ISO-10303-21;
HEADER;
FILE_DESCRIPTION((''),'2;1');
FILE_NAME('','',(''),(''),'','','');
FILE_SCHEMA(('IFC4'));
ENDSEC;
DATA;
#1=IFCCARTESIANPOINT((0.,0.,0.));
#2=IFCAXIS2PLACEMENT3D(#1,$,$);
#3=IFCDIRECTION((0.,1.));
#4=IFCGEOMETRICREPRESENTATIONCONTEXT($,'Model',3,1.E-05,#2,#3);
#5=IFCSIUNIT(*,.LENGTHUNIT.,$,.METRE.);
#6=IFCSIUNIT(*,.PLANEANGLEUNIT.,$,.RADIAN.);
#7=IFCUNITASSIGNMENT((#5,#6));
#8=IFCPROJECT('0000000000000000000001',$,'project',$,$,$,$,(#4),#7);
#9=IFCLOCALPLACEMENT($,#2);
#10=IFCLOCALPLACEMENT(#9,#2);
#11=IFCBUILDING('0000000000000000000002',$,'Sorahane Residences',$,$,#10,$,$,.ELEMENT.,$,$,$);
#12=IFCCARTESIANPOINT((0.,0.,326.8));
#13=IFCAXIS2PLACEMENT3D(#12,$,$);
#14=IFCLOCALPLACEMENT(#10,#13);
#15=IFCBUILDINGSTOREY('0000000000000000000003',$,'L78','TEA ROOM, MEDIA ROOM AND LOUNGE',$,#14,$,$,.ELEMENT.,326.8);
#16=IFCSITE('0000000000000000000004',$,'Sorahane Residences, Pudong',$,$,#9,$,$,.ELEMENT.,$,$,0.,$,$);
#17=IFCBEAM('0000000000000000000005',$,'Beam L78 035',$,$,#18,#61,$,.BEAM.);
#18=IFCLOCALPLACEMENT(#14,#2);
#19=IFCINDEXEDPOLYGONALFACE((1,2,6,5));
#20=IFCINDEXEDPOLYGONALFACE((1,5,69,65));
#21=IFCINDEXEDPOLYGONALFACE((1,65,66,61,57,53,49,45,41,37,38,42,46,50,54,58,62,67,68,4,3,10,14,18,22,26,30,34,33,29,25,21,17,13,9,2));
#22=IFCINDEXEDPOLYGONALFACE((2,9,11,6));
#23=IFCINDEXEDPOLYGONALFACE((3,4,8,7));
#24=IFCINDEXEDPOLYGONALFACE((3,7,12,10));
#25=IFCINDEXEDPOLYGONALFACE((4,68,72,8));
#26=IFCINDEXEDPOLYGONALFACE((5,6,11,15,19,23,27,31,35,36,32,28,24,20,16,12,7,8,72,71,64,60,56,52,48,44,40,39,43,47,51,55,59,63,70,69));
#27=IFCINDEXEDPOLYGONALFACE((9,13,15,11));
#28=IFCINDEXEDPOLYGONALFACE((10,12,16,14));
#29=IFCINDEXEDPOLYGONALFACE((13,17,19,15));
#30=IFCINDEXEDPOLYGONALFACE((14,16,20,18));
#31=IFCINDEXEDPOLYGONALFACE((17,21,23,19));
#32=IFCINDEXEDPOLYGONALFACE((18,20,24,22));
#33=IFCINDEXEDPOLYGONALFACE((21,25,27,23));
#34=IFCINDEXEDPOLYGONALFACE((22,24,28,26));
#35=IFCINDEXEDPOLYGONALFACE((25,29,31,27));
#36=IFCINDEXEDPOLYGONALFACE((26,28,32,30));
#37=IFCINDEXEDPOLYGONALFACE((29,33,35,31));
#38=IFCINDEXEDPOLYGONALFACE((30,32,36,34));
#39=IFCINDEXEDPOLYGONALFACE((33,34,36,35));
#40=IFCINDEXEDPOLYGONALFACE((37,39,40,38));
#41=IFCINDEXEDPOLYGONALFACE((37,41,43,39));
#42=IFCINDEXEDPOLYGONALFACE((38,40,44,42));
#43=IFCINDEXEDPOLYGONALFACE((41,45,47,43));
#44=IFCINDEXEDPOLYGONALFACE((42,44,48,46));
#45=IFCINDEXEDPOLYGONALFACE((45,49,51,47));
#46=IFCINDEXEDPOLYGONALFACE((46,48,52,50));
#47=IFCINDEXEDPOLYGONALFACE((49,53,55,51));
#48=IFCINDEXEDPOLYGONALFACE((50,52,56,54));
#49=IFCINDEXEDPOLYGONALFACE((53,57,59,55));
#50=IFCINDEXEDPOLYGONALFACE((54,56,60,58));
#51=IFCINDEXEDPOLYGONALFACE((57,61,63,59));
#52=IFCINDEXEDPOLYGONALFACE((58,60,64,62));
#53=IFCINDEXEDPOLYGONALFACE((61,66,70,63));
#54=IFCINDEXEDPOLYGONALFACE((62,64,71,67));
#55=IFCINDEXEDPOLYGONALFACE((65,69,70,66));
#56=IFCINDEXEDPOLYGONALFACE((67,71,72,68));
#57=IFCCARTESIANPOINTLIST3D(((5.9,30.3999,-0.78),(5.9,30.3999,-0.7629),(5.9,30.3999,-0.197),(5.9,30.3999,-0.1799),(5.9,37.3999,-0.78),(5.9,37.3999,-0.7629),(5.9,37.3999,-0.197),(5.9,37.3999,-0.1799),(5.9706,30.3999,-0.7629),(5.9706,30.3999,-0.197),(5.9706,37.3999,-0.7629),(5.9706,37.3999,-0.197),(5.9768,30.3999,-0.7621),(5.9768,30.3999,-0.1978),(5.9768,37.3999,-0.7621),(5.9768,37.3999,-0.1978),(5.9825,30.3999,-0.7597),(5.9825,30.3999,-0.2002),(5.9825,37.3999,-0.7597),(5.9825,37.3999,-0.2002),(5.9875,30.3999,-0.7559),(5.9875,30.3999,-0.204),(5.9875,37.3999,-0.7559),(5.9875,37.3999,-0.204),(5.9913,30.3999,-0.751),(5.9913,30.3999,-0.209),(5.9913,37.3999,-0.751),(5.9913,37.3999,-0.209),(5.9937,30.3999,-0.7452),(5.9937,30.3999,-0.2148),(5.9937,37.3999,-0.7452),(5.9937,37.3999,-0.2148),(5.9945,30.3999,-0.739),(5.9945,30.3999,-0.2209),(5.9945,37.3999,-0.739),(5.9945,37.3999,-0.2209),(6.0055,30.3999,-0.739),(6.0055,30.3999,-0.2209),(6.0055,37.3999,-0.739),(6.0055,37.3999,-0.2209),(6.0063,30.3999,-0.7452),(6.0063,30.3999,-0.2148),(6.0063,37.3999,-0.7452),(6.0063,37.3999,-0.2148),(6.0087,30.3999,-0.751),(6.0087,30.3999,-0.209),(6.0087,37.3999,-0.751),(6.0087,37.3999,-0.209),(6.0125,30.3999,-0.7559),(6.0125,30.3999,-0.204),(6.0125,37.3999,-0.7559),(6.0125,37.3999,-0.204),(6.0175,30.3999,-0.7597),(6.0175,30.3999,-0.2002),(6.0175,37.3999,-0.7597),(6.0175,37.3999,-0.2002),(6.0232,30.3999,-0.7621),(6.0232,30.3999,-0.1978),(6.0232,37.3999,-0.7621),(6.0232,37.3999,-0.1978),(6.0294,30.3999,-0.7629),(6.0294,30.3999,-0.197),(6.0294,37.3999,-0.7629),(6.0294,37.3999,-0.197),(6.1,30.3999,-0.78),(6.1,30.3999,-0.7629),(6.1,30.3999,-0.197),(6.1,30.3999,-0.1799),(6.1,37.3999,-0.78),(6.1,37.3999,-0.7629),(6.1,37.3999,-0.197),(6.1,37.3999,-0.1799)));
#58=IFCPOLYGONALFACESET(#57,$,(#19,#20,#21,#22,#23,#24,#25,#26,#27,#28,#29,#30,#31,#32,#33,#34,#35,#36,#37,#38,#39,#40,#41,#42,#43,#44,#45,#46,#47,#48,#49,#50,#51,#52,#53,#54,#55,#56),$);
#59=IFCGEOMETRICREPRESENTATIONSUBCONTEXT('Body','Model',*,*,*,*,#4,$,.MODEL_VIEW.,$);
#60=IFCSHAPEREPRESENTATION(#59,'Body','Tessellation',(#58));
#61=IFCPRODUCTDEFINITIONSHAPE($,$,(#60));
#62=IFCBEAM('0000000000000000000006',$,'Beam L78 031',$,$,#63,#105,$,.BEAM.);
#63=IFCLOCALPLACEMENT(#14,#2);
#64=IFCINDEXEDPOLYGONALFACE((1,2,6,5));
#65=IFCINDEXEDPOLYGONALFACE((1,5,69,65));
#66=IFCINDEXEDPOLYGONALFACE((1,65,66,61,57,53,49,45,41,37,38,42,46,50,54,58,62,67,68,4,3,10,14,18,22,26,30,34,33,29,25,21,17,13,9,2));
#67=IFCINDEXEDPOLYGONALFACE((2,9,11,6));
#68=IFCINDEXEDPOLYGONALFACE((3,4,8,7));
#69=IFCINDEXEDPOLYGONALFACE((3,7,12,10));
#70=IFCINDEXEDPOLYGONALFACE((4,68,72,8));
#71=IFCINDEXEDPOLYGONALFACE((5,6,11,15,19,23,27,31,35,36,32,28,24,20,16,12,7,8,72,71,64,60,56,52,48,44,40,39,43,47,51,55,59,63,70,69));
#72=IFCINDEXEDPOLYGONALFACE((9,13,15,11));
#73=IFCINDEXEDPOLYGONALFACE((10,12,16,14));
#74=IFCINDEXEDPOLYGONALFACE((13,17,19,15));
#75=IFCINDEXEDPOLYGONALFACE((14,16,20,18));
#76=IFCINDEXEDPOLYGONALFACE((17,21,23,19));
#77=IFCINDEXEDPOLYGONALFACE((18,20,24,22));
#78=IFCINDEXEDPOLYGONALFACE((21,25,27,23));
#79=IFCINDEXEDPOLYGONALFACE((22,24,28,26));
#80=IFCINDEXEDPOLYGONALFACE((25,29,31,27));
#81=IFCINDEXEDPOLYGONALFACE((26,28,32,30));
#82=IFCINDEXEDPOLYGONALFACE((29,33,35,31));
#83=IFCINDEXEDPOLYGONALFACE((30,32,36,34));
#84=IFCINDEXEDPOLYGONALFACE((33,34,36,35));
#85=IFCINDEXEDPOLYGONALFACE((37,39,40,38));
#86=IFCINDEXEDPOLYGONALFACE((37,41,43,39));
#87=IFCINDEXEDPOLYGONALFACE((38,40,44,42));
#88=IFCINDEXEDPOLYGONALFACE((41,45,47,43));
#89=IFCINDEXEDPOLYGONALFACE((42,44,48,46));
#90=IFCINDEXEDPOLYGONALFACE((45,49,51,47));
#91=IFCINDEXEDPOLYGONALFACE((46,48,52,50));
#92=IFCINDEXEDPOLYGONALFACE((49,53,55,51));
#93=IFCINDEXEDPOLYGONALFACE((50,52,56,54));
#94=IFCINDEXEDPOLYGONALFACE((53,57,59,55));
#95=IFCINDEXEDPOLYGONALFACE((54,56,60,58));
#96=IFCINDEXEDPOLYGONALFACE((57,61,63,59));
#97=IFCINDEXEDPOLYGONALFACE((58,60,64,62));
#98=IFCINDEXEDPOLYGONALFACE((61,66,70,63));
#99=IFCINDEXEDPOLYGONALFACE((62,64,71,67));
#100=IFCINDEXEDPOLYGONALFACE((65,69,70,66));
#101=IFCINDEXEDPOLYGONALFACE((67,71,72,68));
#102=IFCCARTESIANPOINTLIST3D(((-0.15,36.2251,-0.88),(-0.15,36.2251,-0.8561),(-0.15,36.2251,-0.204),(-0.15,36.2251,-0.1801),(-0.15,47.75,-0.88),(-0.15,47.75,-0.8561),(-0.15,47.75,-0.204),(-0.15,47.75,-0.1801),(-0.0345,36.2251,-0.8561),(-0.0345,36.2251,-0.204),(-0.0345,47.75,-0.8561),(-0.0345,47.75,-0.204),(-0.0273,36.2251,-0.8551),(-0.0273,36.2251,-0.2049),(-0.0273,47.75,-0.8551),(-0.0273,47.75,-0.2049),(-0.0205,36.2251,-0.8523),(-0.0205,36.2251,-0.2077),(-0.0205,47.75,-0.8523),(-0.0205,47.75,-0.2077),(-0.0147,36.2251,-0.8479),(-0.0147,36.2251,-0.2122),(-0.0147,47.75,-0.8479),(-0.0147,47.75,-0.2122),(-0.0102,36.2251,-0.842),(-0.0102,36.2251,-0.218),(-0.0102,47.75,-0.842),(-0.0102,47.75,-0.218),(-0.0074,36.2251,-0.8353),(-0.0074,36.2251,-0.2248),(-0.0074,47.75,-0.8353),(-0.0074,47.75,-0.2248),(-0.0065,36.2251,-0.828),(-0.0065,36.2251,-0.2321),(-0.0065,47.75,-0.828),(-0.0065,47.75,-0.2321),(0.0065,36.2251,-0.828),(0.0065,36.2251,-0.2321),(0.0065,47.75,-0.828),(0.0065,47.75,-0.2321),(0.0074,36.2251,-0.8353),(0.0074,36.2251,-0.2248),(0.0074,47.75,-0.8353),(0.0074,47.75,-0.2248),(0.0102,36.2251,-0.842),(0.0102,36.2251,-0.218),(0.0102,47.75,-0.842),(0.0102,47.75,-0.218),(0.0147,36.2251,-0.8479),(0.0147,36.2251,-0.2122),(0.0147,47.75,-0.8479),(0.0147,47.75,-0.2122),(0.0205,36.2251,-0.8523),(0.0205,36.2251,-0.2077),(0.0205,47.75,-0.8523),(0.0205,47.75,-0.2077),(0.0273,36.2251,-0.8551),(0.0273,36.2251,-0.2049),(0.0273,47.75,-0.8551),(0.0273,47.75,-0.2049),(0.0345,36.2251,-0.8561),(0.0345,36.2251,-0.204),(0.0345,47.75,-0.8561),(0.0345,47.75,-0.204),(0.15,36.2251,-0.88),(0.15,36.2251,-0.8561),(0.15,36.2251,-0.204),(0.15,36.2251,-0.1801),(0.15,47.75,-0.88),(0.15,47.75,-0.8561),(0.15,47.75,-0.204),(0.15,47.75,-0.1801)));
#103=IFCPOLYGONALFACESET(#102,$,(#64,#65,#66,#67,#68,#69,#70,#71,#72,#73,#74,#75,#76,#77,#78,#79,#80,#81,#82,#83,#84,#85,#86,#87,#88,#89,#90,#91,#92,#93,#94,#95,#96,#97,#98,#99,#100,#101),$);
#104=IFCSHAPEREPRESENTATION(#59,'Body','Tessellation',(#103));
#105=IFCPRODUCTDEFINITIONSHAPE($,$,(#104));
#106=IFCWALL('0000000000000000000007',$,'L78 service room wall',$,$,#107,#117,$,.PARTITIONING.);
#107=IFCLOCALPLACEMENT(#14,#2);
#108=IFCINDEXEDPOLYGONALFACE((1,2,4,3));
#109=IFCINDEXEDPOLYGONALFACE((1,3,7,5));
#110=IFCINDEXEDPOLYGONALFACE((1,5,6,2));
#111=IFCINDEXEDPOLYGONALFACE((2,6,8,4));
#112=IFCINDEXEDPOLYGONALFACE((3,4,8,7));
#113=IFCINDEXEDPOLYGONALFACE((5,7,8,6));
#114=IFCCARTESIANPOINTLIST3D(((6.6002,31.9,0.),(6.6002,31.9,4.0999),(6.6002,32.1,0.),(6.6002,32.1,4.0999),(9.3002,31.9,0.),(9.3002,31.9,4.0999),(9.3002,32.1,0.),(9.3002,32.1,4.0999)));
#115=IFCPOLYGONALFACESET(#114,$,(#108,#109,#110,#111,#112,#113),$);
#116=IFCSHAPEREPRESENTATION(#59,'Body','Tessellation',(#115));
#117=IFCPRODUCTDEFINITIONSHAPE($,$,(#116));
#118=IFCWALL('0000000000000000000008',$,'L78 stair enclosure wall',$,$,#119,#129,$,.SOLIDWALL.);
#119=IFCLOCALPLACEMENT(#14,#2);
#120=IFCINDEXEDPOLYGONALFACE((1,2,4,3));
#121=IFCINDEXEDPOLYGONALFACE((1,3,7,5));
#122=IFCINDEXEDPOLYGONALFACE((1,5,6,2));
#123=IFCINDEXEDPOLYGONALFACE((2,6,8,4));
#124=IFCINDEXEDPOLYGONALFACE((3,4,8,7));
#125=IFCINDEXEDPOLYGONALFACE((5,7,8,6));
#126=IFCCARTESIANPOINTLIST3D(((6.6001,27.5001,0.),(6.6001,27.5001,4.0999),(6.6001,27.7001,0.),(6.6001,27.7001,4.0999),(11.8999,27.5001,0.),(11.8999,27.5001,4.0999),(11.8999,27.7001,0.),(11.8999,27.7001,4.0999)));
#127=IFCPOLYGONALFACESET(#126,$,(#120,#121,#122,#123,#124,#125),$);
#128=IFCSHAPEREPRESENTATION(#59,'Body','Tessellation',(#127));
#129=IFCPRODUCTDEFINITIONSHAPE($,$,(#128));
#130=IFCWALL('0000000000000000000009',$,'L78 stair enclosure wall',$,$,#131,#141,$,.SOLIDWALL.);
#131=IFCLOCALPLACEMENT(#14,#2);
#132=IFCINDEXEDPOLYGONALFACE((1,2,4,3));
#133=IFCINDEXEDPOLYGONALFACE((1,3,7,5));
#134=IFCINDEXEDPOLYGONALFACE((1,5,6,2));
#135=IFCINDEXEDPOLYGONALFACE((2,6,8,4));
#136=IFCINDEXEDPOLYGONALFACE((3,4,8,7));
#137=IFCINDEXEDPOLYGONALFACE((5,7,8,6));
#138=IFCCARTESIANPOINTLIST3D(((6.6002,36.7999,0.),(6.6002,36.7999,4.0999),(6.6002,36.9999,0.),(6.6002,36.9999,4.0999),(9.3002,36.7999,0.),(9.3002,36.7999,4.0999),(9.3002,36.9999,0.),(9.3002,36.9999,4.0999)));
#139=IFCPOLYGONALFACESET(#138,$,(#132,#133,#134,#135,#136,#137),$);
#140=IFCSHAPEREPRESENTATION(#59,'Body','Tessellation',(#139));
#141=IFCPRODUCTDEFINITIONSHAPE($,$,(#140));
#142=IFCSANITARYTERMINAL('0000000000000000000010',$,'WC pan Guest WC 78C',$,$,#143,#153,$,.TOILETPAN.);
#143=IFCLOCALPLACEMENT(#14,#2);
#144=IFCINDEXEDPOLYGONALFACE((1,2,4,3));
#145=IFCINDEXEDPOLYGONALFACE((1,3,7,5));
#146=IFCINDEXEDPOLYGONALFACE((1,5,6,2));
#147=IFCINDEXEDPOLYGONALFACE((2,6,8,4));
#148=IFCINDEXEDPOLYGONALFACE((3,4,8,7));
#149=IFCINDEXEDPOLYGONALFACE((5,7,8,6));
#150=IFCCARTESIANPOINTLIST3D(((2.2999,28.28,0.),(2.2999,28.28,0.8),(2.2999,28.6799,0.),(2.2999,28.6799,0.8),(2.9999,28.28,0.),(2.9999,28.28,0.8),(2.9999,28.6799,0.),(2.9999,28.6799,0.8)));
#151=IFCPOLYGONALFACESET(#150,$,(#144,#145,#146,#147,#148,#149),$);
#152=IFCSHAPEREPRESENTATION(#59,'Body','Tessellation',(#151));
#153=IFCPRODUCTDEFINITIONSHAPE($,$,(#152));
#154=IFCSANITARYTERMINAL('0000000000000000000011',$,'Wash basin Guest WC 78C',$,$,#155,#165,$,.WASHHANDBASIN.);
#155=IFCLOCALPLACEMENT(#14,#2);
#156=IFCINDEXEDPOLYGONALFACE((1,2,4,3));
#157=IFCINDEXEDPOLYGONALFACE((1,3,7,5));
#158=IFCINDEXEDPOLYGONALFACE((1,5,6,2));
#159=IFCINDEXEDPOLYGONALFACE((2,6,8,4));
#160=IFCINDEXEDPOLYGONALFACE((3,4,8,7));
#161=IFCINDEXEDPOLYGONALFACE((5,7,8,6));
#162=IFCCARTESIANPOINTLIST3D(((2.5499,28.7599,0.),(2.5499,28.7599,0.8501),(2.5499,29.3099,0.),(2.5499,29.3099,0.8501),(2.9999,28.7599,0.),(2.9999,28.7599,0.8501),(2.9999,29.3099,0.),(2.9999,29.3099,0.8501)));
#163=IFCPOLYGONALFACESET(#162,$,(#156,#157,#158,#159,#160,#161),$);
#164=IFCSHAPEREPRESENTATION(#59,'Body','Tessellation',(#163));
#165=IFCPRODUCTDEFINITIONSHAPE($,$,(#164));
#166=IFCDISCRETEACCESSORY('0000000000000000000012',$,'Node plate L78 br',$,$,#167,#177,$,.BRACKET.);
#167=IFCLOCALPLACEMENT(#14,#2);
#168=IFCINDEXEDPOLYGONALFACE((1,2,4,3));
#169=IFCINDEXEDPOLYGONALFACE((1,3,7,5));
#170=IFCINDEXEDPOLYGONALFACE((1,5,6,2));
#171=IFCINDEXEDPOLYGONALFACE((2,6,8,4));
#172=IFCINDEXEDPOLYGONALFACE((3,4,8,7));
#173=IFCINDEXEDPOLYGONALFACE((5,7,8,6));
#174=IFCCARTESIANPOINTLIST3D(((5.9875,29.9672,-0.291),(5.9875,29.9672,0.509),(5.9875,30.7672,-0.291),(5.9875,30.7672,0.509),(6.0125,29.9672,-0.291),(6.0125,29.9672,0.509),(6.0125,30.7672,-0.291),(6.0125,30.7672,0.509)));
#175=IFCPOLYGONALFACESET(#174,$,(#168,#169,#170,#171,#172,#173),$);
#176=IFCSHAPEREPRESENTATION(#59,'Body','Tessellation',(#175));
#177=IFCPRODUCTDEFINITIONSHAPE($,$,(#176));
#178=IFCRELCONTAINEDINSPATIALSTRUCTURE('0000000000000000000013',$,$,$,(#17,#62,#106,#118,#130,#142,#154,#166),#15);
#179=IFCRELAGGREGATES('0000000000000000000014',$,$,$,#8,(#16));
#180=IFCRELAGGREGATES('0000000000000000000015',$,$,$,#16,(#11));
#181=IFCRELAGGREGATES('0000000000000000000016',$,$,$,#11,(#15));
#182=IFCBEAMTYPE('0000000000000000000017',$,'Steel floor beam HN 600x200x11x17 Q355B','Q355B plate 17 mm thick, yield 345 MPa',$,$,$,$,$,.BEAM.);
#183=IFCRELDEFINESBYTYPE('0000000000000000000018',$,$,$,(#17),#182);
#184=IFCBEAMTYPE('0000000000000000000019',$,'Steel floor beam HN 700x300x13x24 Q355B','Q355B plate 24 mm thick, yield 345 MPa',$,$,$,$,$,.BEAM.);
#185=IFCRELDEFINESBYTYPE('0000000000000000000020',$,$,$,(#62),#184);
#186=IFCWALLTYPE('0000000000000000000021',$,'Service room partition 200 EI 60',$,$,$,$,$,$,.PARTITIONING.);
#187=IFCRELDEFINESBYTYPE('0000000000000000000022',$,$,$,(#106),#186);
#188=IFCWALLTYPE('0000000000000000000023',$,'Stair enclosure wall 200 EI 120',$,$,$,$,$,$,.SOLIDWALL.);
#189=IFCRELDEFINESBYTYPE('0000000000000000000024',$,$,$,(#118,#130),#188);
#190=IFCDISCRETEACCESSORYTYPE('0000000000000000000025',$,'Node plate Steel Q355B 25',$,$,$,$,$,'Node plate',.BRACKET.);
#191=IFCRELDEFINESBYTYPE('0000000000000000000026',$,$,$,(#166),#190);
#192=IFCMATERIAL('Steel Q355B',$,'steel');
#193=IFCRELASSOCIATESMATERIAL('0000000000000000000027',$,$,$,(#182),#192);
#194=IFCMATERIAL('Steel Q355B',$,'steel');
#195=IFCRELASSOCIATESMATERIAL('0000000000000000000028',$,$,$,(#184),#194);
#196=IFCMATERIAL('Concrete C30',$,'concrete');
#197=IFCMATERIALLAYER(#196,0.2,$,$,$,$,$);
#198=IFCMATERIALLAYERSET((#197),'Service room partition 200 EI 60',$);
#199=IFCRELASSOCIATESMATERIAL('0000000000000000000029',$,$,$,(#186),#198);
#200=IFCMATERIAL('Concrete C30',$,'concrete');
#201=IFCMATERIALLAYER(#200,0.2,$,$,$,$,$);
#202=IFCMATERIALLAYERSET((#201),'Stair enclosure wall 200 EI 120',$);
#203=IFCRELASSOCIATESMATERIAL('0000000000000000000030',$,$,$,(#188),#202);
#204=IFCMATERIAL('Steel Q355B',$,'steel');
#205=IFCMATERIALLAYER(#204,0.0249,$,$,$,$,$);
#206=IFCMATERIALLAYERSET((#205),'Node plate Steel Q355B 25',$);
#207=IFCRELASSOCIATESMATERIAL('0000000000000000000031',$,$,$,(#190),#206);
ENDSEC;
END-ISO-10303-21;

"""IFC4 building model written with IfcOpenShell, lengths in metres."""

from ifc_helpers import new_model, si_unit, direction, frame, frame_2d, origin, origin_2d, place, context, subcontext, project, spatial, rectangle, i_section, extrude, material, layer, layer_set, material_profile, profile_set, type_object, element, save


model = new_model("IFC4")

# Units and contexts
model_context = context("Model", 3, precision=1e-05, world=origin(), true_north=direction((0.0, 1.0)))
body_context = subcontext(model_context, "Body", "Model", "MODEL_VIEW")
ifc_project = project(units=[si_unit("LENGTHUNIT", "METRE"), si_unit("PLANEANGLEUNIT", "RADIAN")], contexts=[model_context])

# Site, building, storey
site_placement = place(None, origin())
site = spatial("IfcSite", under=ifc_project, at=site_placement, Name="Sorahane Residences, Pudong", CompositionType="ELEMENT", RefElevation=0.0)
building_placement = place(site_placement, origin())
building = spatial("IfcBuilding", under=site, at=building_placement, Name="Sorahane Residences", CompositionType="ELEMENT")
storey_placement = place(building_placement, frame((0.0, 0.0, 326.8)))
storey = spatial("IfcBuildingStorey", under=building, at=storey_placement, Name="L78", Description="TEA ROOM, MEDIA ROOM AND LOUNGE", CompositionType="ELEMENT", Elevation=326.8)

# Beams
ifc_material_1 = material(Name="Steel Q355B", Category="steel")
ifc_material_profile_1 = material_profile(ifc_material_1, i_section(OverallWidth=0.2, OverallDepth=0.6001, WebThickness=0.011, FlangeThickness=0.0171, FilletRadius=0.0239, at=origin_2d()), Name="HN 600x200x11x17")
ifc_profile_set_1 = profile_set([ifc_material_profile_1], Name="Steel Q355B")
beam_type_1 = type_object("IfcBeamType", Name="Steel floor beam HN 600x200x11x17 Q355B", Description="Q355B plate 17 mm thick, yield 345 MPa", PredefinedType="BEAM", material=ifc_profile_set_1)
beam_1_placement = place(storey_placement, frame((6.0, 30.3999, -0.48), z_axis=(0.0, 1.0, 0.0), x_axis=(-1.0, 0.0, 0.0)))
element("IfcBeam", 1, at=beam_1_placement, inside=storey, type_object=beam_type_1, Name="Beam L78 035", PredefinedType="BEAM", context=body_context, shape_type="SweptSolid", body=[
    extrude(i_section(OverallWidth=0.2, OverallDepth=0.6001, WebThickness=0.011, FlangeThickness=0.0171, FilletRadius=0.0239, at=origin_2d()), origin(), (0.0, 0.0, 1.0), 7.0),
])
ifc_material_2 = material(Name="Steel Q355B", Category="steel")
ifc_material_profile_2 = material_profile(ifc_material_2, i_section(OverallWidth=0.3, OverallDepth=0.7, WebThickness=0.0129, FlangeThickness=0.0239, FilletRadius=0.0281, at=origin_2d()), Name="HN 700x300x13x24")
ifc_profile_set_2 = profile_set([ifc_material_profile_2], Name="Steel Q355B")
beam_type_2 = type_object("IfcBeamType", Name="Steel floor beam HN 700x300x13x24 Q355B", Description="Q355B plate 24 mm thick, yield 345 MPa", PredefinedType="BEAM", material=ifc_profile_set_2)
beam_2_placement = place(storey_placement, frame((0.0, 36.2251, -0.53), z_axis=(0.0, 1.0, 0.0), x_axis=(-1.0, 0.0, 0.0)))
element("IfcBeam", 2, at=beam_2_placement, inside=storey, type_object=beam_type_2, Name="Beam L78 031", PredefinedType="BEAM", context=body_context, shape_type="SweptSolid", body=[
    extrude(i_section(OverallWidth=0.3, OverallDepth=0.7, WebThickness=0.0129, FlangeThickness=0.0239, FilletRadius=0.0281, at=origin_2d()), origin(), (0.0, 0.0, 1.0), 11.5249),
])

# Walls
ifc_material_3 = material(Name="Concrete C30", Category="concrete")
ifc_layer_1 = layer(ifc_material_3, 0.2)
ifc_layer_set_1 = layer_set([ifc_layer_1], Name="Service room partition 200 EI 60")
wall_type_1 = type_object("IfcWallType", Name="Service room partition 200 EI 60", PredefinedType="PARTITIONING", material=ifc_layer_set_1)
wall_1_placement = place(storey_placement, frame((6.6001, 32.0, 0.0), z_axis=(0.0, 0.0, 1.0), x_axis=(1.0, 0.0, 0.0)))
element("IfcWall", 3, at=wall_1_placement, inside=storey, type_object=wall_type_1, Name="L78 service room wall", PredefinedType="PARTITIONING", context=body_context, shape_type="SweptSolid", body=[
    extrude(rectangle(XDim=2.7, YDim=0.2, at=frame_2d((1.3501, 0.0))), origin(), (0.0, 0.0, 1.0), 4.0999),
])
ifc_material_4 = material(Name="Concrete C30", Category="concrete")
ifc_layer_2 = layer(ifc_material_4, 0.2)
ifc_layer_set_2 = layer_set([ifc_layer_2], Name="Stair enclosure wall 200 EI 120")
wall_type_2 = type_object("IfcWallType", Name="Stair enclosure wall 200 EI 120", PredefinedType="SOLIDWALL", material=ifc_layer_set_2)
wall_2_placement = place(storey_placement, frame((6.6001, 27.6001, 0.0), z_axis=(0.0, 0.0, 1.0), x_axis=(1.0, 0.0, 0.0)))
element("IfcWall", 4, at=wall_2_placement, inside=storey, type_object=wall_type_2, Name="L78 stair enclosure wall", PredefinedType="SOLIDWALL", context=body_context, shape_type="SweptSolid", body=[
    extrude(rectangle(XDim=5.2998, YDim=0.2, at=frame_2d((2.6499, 0.0))), origin(), (0.0, 0.0, 1.0), 4.0999),
])
wall_3_placement = place(storey_placement, frame((6.6001, 36.8999, 0.0), z_axis=(0.0, 0.0, 1.0), x_axis=(1.0, 0.0, 0.0)))
element("IfcWall", 5, at=wall_3_placement, inside=storey, type_object=wall_type_2, Name="L78 stair enclosure wall", PredefinedType="SOLIDWALL", context=body_context, shape_type="SweptSolid", body=[
    extrude(rectangle(XDim=2.7, YDim=0.2, at=frame_2d((1.3501, 0.0))), origin(), (0.0, 0.0, 1.0), 4.0999),
])

# Sanitary terminals
sanitary_terminal_1_placement = place(storey_placement, frame((2.6499, 28.48, 0.0), z_axis=(0.0, 0.0, 1.0), x_axis=(0.0, -1.0, 0.0)))
element("IfcSanitaryTerminal", 6, at=sanitary_terminal_1_placement, inside=storey, Name="WC pan Guest WC 78C", PredefinedType="TOILETPAN", context=body_context, shape_type="SweptSolid", body=[
    extrude(rectangle(XDim=0.3999, YDim=0.7, at=origin_2d()), origin(), (0.0, 0.0, 1.0), 0.8),
])
sanitary_terminal_2_placement = place(storey_placement, frame((2.7749, 29.0349, 0.0), z_axis=(0.0, 0.0, 1.0), x_axis=(0.0, -1.0, 0.0)))
element("IfcSanitaryTerminal", 7, at=sanitary_terminal_2_placement, inside=storey, Name="Wash basin Guest WC 78C", PredefinedType="WASHHANDBASIN", context=body_context, shape_type="SweptSolid", body=[
    extrude(rectangle(XDim=0.55, YDim=0.45, at=origin_2d()), origin(), (0.0, 0.0, 1.0), 0.8501),
])

# Discrete accessory
ifc_material_5 = material(Name="Steel Q355B", Category="steel")
ifc_layer_3 = layer(ifc_material_5, 0.0249)
ifc_layer_set_3 = layer_set([ifc_layer_3], Name="Node plate Steel Q355B 25")
discrete_accessory_type = type_object("IfcDiscreteAccessoryType", Name="Node plate Steel Q355B 25", ElementType="Node plate", PredefinedType="BRACKET", material=ifc_layer_set_3)
discrete_accessory_placement = place(storey_placement, frame((6.0, 30.3672, -0.291), z_axis=(0.0, 0.0, 1.0), x_axis=(0.0, 1.0, 0.0)))
element("IfcDiscreteAccessory", 8, at=discrete_accessory_placement, inside=storey, type_object=discrete_accessory_type, Name="Node plate L78 br", PredefinedType="BRACKET", context=body_context, shape_type="SweptSolid", body=[
    extrude(rectangle(XDim=0.8, YDim=0.0249, at=origin_2d()), origin(), (0.0, 0.0, 1.0), 0.8),
])

save(model, "model.ifc")
